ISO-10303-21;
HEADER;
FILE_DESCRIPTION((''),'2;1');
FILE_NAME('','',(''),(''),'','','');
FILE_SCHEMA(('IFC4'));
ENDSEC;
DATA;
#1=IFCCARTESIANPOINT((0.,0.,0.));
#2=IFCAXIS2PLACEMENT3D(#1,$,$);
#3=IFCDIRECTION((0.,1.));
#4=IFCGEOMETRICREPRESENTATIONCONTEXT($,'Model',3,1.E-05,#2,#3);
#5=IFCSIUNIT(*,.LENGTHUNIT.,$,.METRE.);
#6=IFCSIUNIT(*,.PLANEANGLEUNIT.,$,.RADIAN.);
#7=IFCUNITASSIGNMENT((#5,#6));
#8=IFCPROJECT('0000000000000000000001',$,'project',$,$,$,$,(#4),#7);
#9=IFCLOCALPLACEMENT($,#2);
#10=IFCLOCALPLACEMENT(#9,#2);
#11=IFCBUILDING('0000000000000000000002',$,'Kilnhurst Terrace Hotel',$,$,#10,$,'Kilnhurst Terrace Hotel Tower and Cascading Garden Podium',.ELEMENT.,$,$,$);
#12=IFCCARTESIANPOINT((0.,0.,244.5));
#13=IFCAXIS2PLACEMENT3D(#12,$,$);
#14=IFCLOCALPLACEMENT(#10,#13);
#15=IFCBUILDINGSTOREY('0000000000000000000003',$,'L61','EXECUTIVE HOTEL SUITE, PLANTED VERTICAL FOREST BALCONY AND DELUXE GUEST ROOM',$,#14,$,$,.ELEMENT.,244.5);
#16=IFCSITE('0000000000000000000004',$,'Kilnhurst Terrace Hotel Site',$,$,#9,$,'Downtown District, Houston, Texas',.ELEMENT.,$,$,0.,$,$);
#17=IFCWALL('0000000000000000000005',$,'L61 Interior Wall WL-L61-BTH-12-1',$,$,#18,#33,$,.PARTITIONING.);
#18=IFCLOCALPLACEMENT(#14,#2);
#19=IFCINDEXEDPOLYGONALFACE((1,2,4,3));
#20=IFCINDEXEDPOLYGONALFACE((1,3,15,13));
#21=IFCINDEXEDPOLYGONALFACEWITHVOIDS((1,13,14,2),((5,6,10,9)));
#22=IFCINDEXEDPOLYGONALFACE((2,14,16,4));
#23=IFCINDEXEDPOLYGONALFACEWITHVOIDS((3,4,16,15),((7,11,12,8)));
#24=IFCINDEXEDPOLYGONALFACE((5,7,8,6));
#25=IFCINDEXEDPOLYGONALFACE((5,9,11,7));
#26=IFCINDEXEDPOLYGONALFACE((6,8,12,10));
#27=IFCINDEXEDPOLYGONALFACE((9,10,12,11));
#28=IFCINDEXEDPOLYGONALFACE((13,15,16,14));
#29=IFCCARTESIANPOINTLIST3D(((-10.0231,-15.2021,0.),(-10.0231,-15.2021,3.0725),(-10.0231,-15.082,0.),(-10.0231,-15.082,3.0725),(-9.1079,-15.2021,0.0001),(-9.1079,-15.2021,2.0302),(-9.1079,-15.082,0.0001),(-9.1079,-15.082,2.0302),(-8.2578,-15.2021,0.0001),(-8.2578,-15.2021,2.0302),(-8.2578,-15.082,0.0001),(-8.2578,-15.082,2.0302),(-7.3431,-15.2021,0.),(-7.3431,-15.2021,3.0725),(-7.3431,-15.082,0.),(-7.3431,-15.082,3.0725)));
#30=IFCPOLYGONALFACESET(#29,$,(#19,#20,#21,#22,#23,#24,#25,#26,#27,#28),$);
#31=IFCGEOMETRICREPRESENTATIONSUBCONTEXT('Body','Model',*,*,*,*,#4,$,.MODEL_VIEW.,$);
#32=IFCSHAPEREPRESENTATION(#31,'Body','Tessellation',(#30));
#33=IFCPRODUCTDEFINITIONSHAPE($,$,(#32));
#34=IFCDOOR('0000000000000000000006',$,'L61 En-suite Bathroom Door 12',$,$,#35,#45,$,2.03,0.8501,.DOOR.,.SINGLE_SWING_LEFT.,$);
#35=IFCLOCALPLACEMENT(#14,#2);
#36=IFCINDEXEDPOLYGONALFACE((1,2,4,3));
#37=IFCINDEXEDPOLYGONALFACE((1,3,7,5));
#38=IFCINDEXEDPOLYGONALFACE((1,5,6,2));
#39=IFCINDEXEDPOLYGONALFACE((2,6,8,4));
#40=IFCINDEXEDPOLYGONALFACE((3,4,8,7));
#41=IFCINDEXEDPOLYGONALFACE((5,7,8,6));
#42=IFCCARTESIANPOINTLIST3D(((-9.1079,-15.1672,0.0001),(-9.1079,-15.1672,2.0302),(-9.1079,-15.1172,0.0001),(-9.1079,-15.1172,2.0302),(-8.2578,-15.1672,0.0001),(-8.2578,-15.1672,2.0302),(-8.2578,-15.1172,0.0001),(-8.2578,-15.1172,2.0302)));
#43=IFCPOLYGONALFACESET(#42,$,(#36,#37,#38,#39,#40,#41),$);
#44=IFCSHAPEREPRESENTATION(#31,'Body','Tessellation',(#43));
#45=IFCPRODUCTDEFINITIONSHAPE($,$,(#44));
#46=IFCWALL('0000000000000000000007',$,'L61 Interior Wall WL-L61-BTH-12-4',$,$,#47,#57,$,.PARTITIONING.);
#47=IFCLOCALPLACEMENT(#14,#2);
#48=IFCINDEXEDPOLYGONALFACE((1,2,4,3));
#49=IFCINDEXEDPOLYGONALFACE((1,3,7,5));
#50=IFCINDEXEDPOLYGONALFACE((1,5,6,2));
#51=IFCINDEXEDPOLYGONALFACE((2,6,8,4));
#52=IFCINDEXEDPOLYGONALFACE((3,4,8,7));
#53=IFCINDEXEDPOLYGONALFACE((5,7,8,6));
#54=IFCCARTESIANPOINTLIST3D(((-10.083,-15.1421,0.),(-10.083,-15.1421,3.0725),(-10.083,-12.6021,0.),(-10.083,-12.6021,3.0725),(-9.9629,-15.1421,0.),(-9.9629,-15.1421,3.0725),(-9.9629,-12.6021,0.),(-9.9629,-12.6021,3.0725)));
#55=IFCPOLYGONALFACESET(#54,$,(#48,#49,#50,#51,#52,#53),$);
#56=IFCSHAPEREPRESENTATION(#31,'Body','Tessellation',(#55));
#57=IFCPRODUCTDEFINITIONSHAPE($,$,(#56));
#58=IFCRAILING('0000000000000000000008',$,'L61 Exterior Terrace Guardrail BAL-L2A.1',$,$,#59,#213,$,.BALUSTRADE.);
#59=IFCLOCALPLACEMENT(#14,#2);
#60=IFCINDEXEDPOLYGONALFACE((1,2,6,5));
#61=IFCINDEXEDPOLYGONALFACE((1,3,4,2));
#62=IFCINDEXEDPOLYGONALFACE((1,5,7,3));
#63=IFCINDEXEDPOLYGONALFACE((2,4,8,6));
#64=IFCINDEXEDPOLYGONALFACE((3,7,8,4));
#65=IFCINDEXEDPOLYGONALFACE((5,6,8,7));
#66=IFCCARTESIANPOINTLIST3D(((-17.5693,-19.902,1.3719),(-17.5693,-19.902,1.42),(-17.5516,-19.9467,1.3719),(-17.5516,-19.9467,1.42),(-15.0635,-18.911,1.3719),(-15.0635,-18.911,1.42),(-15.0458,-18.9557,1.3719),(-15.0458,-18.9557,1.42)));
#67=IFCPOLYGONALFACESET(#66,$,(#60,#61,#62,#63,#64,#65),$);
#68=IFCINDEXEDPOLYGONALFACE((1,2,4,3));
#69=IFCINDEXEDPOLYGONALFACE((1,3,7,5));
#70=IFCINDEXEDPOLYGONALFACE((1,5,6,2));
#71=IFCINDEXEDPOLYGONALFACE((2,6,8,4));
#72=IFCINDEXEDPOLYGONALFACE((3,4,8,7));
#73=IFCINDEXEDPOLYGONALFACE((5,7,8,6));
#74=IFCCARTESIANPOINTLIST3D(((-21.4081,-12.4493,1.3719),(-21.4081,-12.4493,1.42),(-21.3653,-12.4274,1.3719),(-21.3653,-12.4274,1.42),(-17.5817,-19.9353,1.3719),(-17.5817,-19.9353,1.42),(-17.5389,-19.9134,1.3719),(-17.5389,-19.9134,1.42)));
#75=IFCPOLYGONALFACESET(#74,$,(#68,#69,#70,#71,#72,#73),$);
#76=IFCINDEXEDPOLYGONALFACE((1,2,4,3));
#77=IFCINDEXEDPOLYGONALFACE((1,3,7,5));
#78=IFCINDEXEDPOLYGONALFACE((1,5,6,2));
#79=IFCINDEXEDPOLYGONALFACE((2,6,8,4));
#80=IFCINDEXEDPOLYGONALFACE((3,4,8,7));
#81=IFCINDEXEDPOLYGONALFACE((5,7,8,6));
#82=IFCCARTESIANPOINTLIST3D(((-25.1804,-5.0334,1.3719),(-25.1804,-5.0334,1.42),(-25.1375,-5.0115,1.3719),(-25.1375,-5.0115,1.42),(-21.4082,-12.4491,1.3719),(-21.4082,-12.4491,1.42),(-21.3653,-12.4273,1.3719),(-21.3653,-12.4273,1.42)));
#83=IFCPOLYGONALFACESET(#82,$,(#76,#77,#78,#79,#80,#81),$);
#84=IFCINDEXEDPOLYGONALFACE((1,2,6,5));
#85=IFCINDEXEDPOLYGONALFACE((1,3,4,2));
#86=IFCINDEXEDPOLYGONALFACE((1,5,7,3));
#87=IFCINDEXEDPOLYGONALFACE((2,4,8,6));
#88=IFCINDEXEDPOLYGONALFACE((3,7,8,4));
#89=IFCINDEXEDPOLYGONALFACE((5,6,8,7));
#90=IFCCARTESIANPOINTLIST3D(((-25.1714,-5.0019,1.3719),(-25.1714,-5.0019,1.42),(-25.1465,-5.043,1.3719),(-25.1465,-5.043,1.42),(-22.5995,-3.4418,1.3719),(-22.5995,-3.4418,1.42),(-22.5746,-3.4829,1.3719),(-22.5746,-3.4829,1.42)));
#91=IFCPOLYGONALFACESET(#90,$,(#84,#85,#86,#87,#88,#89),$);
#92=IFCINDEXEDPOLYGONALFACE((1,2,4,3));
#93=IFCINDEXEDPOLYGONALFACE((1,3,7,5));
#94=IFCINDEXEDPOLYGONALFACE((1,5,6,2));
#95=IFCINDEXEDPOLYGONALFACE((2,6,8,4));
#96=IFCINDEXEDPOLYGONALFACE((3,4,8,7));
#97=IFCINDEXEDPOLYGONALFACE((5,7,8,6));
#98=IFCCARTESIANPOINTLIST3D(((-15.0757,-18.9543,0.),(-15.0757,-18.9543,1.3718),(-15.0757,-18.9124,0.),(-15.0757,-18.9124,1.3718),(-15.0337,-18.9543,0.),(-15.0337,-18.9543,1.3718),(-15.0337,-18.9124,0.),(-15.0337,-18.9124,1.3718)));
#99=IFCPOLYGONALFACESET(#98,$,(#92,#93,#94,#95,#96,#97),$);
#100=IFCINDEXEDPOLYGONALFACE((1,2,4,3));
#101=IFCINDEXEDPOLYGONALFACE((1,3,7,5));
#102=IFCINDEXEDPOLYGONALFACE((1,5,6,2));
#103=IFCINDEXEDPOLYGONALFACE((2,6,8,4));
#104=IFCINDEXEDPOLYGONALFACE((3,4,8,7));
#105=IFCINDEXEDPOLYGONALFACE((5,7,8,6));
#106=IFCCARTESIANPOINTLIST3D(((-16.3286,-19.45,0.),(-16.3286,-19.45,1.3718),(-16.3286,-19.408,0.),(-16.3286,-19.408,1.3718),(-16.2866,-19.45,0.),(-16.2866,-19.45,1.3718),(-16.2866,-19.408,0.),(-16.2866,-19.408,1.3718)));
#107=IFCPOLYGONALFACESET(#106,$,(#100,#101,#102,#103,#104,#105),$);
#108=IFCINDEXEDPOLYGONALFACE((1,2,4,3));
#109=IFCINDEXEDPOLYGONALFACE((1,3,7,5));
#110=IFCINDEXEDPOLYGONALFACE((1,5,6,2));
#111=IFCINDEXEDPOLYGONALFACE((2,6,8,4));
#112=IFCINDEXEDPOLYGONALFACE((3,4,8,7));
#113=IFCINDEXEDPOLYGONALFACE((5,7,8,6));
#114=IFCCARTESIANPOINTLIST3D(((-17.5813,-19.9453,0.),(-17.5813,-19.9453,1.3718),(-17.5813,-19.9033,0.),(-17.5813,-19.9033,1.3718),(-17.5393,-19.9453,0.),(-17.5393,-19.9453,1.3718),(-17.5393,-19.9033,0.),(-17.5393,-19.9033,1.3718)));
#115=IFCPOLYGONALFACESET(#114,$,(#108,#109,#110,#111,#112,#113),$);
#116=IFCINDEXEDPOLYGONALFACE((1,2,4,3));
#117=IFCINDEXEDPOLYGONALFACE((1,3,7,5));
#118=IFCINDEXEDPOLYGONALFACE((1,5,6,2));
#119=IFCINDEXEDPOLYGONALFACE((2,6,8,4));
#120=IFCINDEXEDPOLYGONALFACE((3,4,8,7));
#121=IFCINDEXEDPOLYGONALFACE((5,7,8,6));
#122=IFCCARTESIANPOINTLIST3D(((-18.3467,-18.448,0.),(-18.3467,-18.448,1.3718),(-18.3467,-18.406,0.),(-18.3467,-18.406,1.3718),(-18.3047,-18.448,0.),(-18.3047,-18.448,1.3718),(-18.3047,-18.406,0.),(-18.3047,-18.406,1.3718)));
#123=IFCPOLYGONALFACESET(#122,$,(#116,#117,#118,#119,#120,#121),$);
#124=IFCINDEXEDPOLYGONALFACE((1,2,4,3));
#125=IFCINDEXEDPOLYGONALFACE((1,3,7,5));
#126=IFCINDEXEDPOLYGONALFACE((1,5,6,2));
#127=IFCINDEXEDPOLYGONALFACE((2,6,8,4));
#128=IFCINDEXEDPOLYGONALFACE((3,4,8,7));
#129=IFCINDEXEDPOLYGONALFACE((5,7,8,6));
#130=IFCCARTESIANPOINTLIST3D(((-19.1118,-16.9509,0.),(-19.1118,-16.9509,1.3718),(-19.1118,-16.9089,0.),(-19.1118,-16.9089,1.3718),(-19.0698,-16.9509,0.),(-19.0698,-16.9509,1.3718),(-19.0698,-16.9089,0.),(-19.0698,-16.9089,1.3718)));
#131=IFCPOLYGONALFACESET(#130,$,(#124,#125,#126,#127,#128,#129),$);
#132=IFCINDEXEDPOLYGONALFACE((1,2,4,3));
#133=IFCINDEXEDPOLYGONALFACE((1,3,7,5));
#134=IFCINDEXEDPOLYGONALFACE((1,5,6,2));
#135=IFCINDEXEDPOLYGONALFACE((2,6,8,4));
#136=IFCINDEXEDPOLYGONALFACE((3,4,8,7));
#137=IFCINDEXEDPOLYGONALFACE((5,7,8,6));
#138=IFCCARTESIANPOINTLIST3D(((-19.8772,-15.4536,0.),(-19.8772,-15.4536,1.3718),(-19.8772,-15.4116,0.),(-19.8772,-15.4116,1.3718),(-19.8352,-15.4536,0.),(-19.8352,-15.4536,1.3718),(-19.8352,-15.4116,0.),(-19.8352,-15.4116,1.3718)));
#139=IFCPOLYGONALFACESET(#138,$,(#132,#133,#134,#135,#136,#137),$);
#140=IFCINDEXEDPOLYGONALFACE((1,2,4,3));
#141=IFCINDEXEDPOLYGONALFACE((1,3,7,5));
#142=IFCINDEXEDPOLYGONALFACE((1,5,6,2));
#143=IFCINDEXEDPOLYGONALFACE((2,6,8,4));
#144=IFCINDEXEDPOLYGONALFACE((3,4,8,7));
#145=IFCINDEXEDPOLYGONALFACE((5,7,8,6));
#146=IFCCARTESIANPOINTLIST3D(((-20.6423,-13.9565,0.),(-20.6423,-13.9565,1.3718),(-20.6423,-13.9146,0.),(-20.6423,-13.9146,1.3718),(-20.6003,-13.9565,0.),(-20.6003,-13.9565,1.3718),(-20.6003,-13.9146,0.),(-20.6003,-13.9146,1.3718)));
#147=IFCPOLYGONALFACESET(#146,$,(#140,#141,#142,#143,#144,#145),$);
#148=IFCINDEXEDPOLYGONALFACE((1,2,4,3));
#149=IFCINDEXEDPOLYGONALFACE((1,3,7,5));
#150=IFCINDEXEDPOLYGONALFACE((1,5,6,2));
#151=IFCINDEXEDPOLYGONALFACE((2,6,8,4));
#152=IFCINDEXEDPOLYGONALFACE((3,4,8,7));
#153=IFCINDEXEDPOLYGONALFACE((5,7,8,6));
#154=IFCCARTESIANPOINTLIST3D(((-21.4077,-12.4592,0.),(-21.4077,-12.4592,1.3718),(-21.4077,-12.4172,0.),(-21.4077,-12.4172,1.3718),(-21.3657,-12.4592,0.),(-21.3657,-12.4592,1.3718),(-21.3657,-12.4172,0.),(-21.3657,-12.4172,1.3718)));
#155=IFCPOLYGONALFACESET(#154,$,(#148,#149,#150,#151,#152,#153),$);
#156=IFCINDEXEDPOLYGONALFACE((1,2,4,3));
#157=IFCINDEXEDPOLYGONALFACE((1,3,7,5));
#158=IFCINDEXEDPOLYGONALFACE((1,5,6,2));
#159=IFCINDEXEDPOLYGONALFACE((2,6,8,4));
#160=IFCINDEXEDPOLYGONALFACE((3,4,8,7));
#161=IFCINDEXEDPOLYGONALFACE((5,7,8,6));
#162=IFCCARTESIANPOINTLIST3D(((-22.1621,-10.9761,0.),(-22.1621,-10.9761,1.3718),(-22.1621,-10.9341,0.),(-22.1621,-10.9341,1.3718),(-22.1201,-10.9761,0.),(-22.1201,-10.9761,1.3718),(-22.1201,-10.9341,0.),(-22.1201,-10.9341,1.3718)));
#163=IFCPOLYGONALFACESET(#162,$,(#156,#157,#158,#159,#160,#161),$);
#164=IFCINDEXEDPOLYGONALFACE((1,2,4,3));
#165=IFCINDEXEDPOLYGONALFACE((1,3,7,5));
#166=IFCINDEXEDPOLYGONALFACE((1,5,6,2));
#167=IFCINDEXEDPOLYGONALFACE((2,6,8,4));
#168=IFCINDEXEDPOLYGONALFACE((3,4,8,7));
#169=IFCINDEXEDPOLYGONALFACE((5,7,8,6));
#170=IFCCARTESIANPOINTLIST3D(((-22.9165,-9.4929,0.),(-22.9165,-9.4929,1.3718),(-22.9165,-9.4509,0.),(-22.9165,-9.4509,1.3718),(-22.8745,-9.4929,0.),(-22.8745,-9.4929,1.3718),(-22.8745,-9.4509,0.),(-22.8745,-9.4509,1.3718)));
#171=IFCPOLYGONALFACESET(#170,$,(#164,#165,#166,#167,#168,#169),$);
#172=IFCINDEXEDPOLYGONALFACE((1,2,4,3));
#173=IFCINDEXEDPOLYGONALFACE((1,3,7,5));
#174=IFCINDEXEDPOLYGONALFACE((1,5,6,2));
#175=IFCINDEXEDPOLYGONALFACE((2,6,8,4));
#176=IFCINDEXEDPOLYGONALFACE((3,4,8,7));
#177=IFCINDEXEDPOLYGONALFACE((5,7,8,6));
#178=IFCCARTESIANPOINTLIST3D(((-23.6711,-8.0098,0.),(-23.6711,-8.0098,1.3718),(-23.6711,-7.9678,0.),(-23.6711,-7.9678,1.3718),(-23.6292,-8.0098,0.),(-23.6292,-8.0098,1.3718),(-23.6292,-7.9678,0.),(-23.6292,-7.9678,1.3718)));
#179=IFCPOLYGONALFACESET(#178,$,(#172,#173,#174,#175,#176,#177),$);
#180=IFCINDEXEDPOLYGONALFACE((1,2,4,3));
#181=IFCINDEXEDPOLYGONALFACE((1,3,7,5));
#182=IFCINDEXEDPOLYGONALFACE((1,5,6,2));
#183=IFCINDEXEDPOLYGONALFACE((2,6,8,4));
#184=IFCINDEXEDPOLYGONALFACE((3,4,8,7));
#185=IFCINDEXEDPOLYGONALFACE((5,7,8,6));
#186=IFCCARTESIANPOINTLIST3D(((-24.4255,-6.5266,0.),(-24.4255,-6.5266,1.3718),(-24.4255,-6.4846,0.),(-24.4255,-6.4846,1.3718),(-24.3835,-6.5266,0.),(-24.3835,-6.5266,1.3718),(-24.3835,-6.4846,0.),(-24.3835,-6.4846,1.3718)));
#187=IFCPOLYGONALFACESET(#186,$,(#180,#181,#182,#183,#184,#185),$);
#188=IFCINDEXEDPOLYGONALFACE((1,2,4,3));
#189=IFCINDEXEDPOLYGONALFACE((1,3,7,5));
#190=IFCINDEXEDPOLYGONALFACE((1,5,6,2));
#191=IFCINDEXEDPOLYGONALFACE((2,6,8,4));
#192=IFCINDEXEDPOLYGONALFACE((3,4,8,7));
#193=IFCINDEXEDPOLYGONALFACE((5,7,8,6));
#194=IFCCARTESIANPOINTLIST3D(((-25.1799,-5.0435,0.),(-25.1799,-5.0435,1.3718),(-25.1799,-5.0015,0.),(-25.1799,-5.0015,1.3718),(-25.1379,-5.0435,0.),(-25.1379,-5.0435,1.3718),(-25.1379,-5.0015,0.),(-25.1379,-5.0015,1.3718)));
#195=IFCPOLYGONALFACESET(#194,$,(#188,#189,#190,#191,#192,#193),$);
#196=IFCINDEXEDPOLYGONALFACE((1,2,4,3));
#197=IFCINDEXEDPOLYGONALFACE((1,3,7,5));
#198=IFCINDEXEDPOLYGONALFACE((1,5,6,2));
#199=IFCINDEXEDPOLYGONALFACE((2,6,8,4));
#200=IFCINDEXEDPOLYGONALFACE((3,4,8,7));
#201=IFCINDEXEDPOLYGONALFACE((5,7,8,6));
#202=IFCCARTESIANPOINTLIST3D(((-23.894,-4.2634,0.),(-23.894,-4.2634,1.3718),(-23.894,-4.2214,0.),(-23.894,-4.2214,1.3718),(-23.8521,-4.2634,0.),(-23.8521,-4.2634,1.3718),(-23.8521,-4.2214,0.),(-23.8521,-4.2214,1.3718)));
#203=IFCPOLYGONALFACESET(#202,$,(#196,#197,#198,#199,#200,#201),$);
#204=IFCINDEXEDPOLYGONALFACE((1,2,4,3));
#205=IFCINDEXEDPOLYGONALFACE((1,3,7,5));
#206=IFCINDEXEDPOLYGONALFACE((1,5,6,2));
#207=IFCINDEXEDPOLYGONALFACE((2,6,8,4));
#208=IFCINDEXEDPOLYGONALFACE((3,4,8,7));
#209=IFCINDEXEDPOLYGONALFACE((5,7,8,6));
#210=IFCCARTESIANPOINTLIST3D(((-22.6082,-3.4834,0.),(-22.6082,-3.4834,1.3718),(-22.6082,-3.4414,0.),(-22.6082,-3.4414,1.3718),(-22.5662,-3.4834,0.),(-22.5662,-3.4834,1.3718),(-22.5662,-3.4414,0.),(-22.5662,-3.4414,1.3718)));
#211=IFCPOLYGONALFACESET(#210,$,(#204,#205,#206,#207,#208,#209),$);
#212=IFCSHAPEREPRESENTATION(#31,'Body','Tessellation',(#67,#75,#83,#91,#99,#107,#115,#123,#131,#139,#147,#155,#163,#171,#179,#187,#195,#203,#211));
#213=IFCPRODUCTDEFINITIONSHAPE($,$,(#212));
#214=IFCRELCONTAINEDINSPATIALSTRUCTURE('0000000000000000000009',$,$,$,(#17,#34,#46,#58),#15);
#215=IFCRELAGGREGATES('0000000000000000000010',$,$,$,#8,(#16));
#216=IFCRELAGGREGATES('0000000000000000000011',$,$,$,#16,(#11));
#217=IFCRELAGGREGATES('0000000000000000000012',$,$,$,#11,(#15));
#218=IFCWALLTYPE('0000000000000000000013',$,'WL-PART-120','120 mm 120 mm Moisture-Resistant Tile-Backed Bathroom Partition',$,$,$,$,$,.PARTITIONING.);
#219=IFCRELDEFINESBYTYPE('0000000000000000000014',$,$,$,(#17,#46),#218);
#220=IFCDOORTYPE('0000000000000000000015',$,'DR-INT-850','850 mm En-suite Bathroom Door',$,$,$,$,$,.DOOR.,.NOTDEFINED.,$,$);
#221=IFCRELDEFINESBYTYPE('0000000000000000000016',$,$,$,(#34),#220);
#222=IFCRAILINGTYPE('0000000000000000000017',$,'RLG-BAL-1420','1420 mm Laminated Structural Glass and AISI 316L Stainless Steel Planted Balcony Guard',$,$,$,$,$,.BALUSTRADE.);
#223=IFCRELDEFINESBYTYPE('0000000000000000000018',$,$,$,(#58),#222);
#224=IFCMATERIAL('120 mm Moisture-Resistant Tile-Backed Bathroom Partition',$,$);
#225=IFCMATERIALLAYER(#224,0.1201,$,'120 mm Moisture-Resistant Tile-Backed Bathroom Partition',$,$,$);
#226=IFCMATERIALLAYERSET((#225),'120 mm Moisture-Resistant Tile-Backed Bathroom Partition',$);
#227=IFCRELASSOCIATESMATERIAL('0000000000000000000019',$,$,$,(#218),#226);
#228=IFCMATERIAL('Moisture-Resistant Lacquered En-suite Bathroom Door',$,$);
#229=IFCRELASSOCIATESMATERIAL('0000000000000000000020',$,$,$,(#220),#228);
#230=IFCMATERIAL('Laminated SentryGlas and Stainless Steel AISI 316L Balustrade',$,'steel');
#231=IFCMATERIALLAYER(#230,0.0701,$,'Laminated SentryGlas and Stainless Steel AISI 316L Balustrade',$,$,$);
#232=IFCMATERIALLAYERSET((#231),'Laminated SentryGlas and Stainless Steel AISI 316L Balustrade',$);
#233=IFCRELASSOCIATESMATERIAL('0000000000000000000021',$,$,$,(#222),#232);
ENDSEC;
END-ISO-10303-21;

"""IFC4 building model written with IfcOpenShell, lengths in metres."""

from ifc_helpers import new_model, si_unit, direction, frame, frame_2d, origin, origin_2d, place, context, subcontext, project, spatial, rectangle, extrude, material, layer, layer_set, type_object, element, fill, save


model = new_model("IFC4")

# Units and contexts
model_context = context("Model", 3, precision=1e-05, world=origin(), true_north=direction((0.0, 1.0)))
body_context = subcontext(model_context, "Body", "Model", "MODEL_VIEW")
ifc_project = project(units=[si_unit("LENGTHUNIT", "METRE"), si_unit("PLANEANGLEUNIT", "RADIAN")], contexts=[model_context])

# Site, building, storey
site_placement = place(None, origin())
site = spatial("IfcSite", under=ifc_project, at=site_placement, Name="Kilnhurst Terrace Hotel Site", LongName="Downtown District, Houston, Texas", CompositionType="ELEMENT", RefElevation=0.0)
building_placement = place(site_placement, origin())
building = spatial("IfcBuilding", under=site, at=building_placement, Name="Kilnhurst Terrace Hotel", LongName="Kilnhurst Terrace Hotel Tower and Cascading Garden Podium", CompositionType="ELEMENT")
storey_placement = place(building_placement, frame((0.0, 0.0, 244.5)))
storey = spatial("IfcBuildingStorey", under=building, at=storey_placement, Name="L61", Description="EXECUTIVE HOTEL SUITE, PLANTED VERTICAL FOREST BALCONY AND DELUXE GUEST ROOM", CompositionType="ELEMENT", Elevation=244.5)

# Shared definitions
ifc_material_1 = material(Name="120 mm Moisture-Resistant Tile-Backed Bathroom Partition")
ifc_layer_1 = layer(ifc_material_1, 0.1201, Name="120 mm Moisture-Resistant Tile-Backed Bathroom Partition")
ifc_layer_set_1 = layer_set([ifc_layer_1], Name="120 mm Moisture-Resistant Tile-Backed Bathroom Partition")
wall_type_1 = type_object("IfcWallType", Name="WL-PART-120", Description="120 mm 120 mm Moisture-Resistant Tile-Backed Bathroom Partition", PredefinedType="PARTITIONING", material=ifc_layer_set_1)
ifc_material_2 = material(Name="Moisture-Resistant Lacquered En-suite Bathroom Door")
door_type_1 = type_object("IfcDoorType", Name="DR-INT-850", Description="850 mm En-suite Bathroom Door", OperationType="NOTDEFINED", PredefinedType="DOOR", material=ifc_material_2)

# Wall, opening, door
wall_1_placement = place(storey_placement, frame((-10.0229, -15.1421, 0.0), z_axis=(0.0, 0.0, 1.0), x_axis=(1.0, 0.0, 0.0)))
wall_1 = element("IfcWall", 1, at=wall_1_placement, inside=storey, type_object=wall_type_1, Name="L61 Interior Wall WL-L61-BTH-12-1", PredefinedType="PARTITIONING", context=body_context, shape_type="SweptSolid", body=[
    extrude(rectangle(XDim=2.6799, YDim=0.1201, at=frame_2d((1.3398, 0.0))), origin(), (0.0, 0.0, 1.0), 3.0725),
])
opening_1_placement = place(wall_1_placement, frame((0.915, 0.0, 0.0)))
opening_1 = element("IfcOpeningElement", 2, at=opening_1_placement, cuts=wall_1, PredefinedType="OPENING", context=body_context, shape_type="SweptSolid", body=[
    extrude(rectangle(XDim=0.8501, YDim=2.03, at=frame_2d((0.425, 1.0151))), frame((0.0, 0.0701, 0.0), z_axis=(0.0, -1.0, 0.0), x_axis=(1.0, 0.0, 0.0)), (0.0, 0.0, 1.0), 0.1401),
])
door_1_placement = place(opening_1_placement, origin())
door_1 = element("IfcDoor", 3, at=door_1_placement, inside=storey, type_object=door_type_1, Name="L61 En-suite Bathroom Door 12", OperationType="SINGLE_SWING_LEFT", OverallHeight=2.03, OverallWidth=0.8501, PredefinedType="DOOR", context=body_context, shape_type="SweptSolid", body=[
    extrude(rectangle(XDim=0.8501, YDim=2.03, at=frame_2d((0.425, 1.0151))), frame((0.0, 0.0249, 0.0), z_axis=(0.0, -1.0, 0.0), x_axis=(1.0, 0.0, 0.0)), (0.0, 0.0, 1.0), 0.05),
])
fill(opening_1, door_1)

# Wall
wall_2_placement = place(storey_placement, frame((-10.0229, -12.6021, 0.0), z_axis=(0.0, 0.0, 1.0), x_axis=(0.0, -1.0, 0.0)))
element("IfcWall", 4, at=wall_2_placement, inside=storey, type_object=wall_type_1, Name="L61 Interior Wall WL-L61-BTH-12-4", PredefinedType="PARTITIONING", context=body_context, shape_type="SweptSolid", body=[
    extrude(rectangle(XDim=2.54, YDim=0.1201, at=frame_2d((1.27, 0.0))), origin(), (0.0, 0.0, 1.0), 3.0725),
])

# Railing
ifc_material_3 = material(Name="Laminated SentryGlas and Stainless Steel AISI 316L Balustrade", Category="steel")
ifc_layer_2 = layer(ifc_material_3, 0.0701, Name="Laminated SentryGlas and Stainless Steel AISI 316L Balustrade")
ifc_layer_set_2 = layer_set([ifc_layer_2], Name="Laminated SentryGlas and Stainless Steel AISI 316L Balustrade")
railing_type = type_object("IfcRailingType", Name="RLG-BAL-1420", Description="1420 mm Laminated Structural Glass and AISI 316L Stainless Steel Planted Balcony Guard", PredefinedType="BALUSTRADE", material=ifc_layer_set_2)
railing_placement = place(storey_placement, frame((-15.0547, -18.9333, 0.0)))
element("IfcRailing", 5, at=railing_placement, inside=storey, type_object=railing_type, Name="L61 Exterior Terrace Guardrail BAL-L2A.1", PredefinedType="BALUSTRADE", context=body_context, shape_type="SweptSolid", body=[
    extrude(rectangle(XDim=0.0481, YDim=0.0481, at=origin_2d()), frame((0.0, 0.0, 1.396), z_axis=(-0.929913, -0.367779, 0.0), x_axis=(0.367779, -0.929913, 0.0)), (0.0, 0.0, 1.0), 2.6946),
    extrude(rectangle(XDim=0.0481, YDim=0.0481, at=origin_2d()), frame((-2.5056, -0.991, 1.396), z_axis=(-0.455129, 0.890425, 0.0), x_axis=(-0.890425, -0.455129, 0.0)), (0.0, 0.0, 1.0), 8.4072),
    extrude(rectangle(XDim=0.0481, YDim=0.0481, at=origin_2d()), frame((-6.332, 6.4951, 1.396), z_axis=(-0.453389, 0.891313, 0.0), x_axis=(-0.891313, -0.453389, 0.0)), (0.0, 0.0, 1.0), 8.3201),
    extrude(rectangle(XDim=0.0481, YDim=0.0481, at=origin_2d()), frame((-10.1042, 13.9109, 1.396), z_axis=(0.854991, 0.518643, 0.0), x_axis=(-0.518643, 0.854991, 0.0)), (0.0, 0.0, 1.0), 3.0081),
    extrude(rectangle(XDim=0.042, YDim=0.042, at=origin_2d()), origin(), (0.0, 0.0, 1.0), 1.3718),
    extrude(rectangle(XDim=0.042, YDim=0.042, at=origin_2d()), frame((-1.2529, -0.4956, 0.0)), (0.0, 0.0, 1.0), 1.3718),
    extrude(rectangle(XDim=0.042, YDim=0.042, at=origin_2d()), frame((-2.5056, -0.991, 0.0)), (0.0, 0.0, 1.0), 1.3718),
    extrude(rectangle(XDim=0.042, YDim=0.042, at=origin_2d()), frame((-3.271, 0.5063, 0.0)), (0.0, 0.0, 1.0), 1.3718),
    extrude(rectangle(XDim=0.042, YDim=0.042, at=origin_2d()), frame((-4.0361, 2.0034, 0.0)), (0.0, 0.0, 1.0), 1.3718),
    extrude(rectangle(XDim=0.042, YDim=0.042, at=origin_2d()), frame((-4.8015, 3.5007, 0.0)), (0.0, 0.0, 1.0), 1.3718),
    extrude(rectangle(XDim=0.042, YDim=0.042, at=origin_2d()), frame((-5.5667, 4.9978, 0.0)), (0.0, 0.0, 1.0), 1.3718),
    extrude(rectangle(XDim=0.042, YDim=0.042, at=origin_2d()), frame((-6.332, 6.4951, 0.0)), (0.0, 0.0, 1.0), 1.3718),
    extrude(rectangle(XDim=0.042, YDim=0.042, at=origin_2d()), frame((-7.0864, 7.9783, 0.0)), (0.0, 0.0, 1.0), 1.3718),
    extrude(rectangle(XDim=0.042, YDim=0.042, at=origin_2d()), frame((-7.8408, 9.4614, 0.0)), (0.0, 0.0, 1.0), 1.3718),
    extrude(rectangle(XDim=0.042, YDim=0.042, at=origin_2d()), frame((-8.5955, 10.9446, 0.0)), (0.0, 0.0, 1.0), 1.3718),
    extrude(rectangle(XDim=0.042, YDim=0.042, at=origin_2d()), frame((-9.3499, 12.4277, 0.0)), (0.0, 0.0, 1.0), 1.3718),
    extrude(rectangle(XDim=0.042, YDim=0.042, at=origin_2d()), frame((-10.1042, 13.9109, 0.0)), (0.0, 0.0, 1.0), 1.3718),
    extrude(rectangle(XDim=0.042, YDim=0.042, at=origin_2d()), frame((-8.8184, 14.6909, 0.0)), (0.0, 0.0, 1.0), 1.3718),
    extrude(rectangle(XDim=0.042, YDim=0.042, at=origin_2d()), frame((-7.5325, 15.4709, 0.0)), (0.0, 0.0, 1.0), 1.3718),
])

save(model, "model.ifc")
